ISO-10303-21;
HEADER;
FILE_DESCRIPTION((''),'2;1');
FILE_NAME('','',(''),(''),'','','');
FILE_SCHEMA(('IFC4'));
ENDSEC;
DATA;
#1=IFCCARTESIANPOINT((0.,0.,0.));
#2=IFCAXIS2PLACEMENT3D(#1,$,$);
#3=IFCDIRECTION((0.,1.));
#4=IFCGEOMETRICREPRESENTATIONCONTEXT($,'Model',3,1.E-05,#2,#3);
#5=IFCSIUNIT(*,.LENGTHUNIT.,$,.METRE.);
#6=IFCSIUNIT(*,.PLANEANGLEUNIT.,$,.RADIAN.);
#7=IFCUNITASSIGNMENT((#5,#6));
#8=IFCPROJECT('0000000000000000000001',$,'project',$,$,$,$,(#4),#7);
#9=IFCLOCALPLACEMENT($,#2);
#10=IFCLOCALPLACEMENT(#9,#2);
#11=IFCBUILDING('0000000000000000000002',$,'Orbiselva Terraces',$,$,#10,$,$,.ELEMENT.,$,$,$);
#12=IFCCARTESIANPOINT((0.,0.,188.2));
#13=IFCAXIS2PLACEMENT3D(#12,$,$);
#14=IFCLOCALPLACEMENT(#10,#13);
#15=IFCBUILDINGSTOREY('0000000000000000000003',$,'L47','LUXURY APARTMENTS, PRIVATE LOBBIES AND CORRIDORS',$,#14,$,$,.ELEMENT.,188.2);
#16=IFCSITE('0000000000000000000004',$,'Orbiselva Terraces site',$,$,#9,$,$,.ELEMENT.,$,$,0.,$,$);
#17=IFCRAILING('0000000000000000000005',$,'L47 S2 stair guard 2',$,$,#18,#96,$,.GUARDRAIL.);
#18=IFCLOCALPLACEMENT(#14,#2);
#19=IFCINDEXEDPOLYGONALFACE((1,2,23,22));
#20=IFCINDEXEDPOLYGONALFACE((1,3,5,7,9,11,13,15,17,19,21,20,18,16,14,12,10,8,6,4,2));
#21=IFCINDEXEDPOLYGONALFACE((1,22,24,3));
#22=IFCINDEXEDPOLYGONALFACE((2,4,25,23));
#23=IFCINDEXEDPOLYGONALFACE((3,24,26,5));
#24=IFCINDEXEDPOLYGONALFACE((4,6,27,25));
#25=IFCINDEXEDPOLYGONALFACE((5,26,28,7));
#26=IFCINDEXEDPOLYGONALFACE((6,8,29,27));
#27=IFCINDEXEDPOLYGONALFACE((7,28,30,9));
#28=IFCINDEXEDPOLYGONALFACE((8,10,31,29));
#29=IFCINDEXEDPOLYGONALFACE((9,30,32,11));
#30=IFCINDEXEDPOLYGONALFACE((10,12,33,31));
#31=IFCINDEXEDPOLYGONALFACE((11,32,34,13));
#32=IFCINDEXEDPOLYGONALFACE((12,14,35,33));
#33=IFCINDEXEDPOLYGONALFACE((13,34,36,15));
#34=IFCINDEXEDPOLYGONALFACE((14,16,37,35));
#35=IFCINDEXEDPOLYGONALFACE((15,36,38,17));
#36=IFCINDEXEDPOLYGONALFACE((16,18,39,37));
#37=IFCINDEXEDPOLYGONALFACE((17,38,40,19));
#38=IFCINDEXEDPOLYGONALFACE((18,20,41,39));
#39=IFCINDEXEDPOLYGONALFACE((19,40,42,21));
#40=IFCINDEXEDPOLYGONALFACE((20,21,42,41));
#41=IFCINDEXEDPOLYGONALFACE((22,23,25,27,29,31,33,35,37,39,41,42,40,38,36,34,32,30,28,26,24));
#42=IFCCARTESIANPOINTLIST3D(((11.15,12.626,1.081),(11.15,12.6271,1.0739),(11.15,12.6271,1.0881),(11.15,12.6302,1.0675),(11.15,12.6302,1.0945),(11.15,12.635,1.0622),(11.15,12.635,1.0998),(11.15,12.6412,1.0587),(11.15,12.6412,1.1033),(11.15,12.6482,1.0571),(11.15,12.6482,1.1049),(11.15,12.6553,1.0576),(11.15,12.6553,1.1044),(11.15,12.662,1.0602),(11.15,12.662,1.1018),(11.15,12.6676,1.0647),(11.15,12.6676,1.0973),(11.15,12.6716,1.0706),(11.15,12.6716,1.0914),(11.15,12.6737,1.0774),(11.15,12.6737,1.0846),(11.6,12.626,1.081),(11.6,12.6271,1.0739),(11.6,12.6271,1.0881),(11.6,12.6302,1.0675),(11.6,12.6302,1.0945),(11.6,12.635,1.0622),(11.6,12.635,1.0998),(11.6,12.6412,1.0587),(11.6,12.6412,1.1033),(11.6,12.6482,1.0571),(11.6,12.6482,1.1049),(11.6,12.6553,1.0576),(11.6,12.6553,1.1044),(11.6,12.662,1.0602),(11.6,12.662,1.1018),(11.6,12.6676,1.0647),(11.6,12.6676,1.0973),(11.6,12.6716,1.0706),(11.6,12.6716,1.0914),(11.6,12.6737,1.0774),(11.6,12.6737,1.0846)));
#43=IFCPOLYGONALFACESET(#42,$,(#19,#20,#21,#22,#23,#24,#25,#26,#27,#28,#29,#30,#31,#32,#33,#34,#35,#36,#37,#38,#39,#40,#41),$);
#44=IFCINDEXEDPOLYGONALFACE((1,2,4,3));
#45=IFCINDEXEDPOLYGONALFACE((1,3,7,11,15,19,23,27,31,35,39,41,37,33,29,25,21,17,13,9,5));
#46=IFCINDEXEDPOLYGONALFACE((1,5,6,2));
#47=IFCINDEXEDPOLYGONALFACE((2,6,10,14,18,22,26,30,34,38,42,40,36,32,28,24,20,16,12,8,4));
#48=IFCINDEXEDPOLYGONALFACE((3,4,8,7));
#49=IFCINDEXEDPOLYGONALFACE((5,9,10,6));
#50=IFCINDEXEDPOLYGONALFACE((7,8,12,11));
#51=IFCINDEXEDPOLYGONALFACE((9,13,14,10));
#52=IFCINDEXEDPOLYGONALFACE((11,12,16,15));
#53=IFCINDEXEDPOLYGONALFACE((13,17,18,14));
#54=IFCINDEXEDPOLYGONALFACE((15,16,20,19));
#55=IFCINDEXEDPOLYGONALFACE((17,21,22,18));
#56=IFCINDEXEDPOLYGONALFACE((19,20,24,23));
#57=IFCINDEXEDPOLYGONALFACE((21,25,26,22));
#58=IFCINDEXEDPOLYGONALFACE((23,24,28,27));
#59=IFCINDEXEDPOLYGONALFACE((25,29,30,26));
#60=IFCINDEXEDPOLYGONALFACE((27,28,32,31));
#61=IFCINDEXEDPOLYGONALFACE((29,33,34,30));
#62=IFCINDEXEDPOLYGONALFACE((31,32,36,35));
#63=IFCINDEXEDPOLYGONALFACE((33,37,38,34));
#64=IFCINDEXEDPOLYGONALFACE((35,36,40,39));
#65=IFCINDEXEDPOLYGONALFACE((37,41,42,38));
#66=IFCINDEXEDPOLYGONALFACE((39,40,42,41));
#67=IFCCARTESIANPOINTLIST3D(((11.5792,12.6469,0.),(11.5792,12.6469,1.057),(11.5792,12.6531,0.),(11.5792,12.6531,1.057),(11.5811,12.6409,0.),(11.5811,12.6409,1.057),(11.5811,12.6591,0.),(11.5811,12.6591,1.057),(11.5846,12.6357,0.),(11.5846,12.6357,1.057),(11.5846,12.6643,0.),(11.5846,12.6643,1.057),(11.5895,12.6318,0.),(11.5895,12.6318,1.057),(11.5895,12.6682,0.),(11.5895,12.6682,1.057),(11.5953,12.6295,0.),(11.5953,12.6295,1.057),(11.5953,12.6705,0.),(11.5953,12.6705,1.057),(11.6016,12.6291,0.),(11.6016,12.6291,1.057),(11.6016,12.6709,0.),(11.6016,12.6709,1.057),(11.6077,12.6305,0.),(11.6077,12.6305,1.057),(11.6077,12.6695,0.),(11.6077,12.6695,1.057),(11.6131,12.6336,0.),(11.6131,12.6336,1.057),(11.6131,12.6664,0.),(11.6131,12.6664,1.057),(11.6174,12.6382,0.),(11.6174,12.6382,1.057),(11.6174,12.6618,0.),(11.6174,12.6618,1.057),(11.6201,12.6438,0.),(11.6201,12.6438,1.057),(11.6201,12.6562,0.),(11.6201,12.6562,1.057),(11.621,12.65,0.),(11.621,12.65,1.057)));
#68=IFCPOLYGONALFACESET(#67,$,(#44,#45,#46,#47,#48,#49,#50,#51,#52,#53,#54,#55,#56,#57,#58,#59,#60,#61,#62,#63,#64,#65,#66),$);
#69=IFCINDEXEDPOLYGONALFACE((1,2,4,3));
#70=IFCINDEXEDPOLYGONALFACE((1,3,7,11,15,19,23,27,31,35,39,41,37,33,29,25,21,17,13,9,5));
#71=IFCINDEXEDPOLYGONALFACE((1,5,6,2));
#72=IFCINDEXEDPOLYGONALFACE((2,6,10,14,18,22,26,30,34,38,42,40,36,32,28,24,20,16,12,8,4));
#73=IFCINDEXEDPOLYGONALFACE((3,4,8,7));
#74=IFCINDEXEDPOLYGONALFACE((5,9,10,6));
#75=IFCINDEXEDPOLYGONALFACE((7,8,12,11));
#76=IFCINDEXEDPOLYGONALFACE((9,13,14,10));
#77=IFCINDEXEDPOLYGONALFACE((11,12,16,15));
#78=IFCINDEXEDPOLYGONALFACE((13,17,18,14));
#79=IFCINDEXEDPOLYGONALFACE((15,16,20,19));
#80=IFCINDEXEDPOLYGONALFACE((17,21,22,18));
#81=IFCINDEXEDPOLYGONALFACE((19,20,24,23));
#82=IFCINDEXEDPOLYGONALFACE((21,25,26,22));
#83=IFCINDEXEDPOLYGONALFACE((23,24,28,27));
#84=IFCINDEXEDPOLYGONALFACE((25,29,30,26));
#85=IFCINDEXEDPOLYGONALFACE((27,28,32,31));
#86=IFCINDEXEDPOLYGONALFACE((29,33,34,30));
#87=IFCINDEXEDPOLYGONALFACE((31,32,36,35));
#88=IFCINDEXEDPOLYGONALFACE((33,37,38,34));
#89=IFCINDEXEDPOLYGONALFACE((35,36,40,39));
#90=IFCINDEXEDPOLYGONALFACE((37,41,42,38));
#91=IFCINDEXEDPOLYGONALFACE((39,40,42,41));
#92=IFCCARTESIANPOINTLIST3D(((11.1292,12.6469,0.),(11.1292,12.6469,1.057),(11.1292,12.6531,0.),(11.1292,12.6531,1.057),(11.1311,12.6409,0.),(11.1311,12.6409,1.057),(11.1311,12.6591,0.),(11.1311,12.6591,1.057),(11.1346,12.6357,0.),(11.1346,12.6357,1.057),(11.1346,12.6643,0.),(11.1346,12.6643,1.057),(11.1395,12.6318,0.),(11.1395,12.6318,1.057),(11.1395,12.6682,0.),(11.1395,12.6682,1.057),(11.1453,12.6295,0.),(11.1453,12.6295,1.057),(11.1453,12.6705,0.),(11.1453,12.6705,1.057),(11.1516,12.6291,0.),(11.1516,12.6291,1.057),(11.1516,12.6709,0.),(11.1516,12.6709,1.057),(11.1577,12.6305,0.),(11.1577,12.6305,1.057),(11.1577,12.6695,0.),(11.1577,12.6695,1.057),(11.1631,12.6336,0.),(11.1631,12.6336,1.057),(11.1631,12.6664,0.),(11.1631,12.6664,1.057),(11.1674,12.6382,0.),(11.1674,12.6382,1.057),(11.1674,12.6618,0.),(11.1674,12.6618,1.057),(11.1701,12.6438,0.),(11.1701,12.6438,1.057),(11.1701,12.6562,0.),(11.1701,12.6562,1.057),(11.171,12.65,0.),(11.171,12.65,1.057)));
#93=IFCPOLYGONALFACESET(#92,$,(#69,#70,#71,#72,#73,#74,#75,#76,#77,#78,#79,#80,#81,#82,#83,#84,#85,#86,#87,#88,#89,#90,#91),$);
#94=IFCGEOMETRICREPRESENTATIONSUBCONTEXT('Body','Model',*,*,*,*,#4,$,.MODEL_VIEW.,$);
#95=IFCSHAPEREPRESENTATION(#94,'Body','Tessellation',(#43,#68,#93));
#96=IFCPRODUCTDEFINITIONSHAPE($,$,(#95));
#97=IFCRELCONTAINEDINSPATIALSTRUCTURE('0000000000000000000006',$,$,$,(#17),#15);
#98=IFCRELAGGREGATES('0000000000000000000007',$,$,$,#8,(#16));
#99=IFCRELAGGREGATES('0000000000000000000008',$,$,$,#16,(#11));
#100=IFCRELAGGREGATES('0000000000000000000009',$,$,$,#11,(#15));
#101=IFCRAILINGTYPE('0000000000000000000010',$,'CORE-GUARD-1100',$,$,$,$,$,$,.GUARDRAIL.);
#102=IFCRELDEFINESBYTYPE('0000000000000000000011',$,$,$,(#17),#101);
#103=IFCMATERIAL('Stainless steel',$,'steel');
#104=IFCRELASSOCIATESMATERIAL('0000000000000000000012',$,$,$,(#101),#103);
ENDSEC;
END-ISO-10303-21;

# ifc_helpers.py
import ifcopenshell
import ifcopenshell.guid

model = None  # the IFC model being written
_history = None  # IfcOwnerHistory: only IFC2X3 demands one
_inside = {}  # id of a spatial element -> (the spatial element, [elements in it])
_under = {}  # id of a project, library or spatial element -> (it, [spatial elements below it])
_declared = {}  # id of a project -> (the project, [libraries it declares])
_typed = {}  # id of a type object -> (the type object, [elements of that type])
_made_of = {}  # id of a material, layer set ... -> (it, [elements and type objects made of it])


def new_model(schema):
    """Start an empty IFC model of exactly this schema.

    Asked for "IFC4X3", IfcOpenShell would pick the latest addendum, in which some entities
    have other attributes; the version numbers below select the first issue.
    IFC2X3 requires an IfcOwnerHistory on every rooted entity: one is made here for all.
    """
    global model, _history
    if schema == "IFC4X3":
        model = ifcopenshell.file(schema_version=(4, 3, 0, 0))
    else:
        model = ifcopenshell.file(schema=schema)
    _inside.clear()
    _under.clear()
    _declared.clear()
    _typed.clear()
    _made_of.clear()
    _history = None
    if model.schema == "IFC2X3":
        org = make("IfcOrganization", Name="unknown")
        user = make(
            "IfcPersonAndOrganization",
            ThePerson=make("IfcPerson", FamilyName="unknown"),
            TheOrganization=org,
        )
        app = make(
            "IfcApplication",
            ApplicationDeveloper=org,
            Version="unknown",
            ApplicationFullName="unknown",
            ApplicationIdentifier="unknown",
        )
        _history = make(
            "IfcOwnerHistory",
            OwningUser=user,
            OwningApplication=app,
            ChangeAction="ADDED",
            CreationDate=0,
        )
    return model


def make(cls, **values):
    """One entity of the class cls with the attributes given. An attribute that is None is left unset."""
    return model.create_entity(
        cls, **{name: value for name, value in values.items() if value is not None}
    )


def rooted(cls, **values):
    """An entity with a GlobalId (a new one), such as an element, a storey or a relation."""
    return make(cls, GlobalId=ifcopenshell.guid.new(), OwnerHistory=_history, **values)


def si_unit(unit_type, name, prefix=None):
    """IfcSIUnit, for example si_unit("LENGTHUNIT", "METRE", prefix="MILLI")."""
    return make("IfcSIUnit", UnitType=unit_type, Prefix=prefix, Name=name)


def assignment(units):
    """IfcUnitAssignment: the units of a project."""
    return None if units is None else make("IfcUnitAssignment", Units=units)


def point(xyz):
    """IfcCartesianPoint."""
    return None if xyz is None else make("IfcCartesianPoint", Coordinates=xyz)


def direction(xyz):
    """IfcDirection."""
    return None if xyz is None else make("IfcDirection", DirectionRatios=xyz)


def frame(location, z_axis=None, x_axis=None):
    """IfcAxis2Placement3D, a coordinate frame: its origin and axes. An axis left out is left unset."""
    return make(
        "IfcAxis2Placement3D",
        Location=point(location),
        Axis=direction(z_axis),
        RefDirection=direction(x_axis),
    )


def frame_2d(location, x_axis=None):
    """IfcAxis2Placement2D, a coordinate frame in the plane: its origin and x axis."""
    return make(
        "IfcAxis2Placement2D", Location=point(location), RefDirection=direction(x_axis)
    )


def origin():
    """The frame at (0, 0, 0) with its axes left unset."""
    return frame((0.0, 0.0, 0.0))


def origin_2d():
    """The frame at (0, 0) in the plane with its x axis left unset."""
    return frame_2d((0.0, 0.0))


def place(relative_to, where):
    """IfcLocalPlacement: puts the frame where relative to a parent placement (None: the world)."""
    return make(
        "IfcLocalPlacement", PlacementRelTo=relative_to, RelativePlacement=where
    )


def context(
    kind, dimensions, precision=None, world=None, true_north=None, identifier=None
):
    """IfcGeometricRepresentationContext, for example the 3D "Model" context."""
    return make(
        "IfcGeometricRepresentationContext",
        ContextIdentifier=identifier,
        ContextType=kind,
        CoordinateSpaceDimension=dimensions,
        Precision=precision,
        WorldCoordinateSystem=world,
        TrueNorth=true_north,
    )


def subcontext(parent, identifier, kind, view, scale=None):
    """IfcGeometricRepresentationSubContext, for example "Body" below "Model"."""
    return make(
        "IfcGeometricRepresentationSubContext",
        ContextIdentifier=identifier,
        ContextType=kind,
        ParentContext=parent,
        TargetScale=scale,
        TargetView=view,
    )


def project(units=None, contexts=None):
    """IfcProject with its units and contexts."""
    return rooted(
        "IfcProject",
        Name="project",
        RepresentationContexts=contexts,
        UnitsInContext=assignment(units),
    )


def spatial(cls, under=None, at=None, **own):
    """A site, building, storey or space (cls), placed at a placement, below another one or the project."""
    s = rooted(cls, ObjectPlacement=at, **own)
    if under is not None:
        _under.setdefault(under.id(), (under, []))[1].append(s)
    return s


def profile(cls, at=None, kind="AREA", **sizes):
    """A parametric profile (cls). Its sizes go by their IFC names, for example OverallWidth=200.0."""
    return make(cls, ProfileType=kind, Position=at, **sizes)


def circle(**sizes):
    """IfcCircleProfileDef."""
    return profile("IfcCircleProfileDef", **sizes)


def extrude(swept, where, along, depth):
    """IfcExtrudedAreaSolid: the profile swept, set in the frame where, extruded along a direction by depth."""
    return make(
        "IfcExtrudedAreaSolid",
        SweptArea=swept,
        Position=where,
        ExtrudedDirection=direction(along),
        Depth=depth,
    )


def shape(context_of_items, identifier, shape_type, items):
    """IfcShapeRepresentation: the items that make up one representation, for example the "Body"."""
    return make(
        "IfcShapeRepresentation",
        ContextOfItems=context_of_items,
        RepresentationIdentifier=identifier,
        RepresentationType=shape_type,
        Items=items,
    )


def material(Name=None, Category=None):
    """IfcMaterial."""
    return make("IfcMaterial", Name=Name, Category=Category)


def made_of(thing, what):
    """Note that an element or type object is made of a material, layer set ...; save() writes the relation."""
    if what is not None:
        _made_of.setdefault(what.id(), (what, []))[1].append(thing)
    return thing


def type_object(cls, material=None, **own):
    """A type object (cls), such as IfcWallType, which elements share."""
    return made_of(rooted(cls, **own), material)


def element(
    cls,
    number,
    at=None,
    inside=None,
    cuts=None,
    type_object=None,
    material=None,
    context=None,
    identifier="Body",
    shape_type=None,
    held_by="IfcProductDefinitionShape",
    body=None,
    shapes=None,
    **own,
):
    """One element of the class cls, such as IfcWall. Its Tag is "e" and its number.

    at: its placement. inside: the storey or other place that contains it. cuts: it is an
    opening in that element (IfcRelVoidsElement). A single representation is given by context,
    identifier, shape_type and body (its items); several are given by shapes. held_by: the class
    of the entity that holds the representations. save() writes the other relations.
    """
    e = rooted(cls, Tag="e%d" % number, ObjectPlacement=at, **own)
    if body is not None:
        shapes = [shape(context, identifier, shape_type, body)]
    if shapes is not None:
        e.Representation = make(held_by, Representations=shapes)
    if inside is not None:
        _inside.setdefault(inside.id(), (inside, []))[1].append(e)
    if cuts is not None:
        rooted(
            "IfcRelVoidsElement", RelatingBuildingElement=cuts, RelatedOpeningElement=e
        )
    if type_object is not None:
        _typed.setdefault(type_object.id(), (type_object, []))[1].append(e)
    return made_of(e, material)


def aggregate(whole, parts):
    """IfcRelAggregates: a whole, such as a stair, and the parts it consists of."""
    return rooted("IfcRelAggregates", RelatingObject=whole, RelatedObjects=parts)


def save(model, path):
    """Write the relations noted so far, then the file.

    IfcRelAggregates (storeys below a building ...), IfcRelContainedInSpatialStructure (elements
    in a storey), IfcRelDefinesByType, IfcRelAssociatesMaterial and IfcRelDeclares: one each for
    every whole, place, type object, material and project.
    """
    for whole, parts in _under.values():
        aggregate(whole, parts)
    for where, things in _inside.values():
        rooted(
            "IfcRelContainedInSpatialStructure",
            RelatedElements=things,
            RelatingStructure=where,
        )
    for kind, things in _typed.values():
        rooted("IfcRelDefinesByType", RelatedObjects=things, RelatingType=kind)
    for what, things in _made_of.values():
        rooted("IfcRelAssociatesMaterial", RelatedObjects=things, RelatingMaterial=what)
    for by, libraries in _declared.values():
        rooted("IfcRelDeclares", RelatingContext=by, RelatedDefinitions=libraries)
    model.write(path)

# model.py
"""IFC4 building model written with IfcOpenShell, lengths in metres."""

from ifc_helpers import new_model, si_unit, direction, frame, origin, origin_2d, place, context, subcontext, project, spatial, circle, extrude, material, type_object, element, save


model = new_model("IFC4")

# Units and contexts
model_context = context("Model", 3, precision=1e-05, world=origin(), true_north=direction((0.0, 1.0)))
body_context = subcontext(model_context, "Body", "Model", "MODEL_VIEW")
ifc_project = project(units=[si_unit("LENGTHUNIT", "METRE"), si_unit("PLANEANGLEUNIT", "RADIAN")], contexts=[model_context])

# Site, building, storey
site_placement = place(None, origin())
site = spatial("IfcSite", under=ifc_project, at=site_placement, Name="Orbiselva Terraces site", CompositionType="ELEMENT", RefElevation=0.0)
building_placement = place(site_placement, origin())
building = spatial("IfcBuilding", under=site, at=building_placement, Name="Orbiselva Terraces", CompositionType="ELEMENT")
storey_placement = place(building_placement, frame((0.0, 0.0, 188.2)))
storey = spatial("IfcBuildingStorey", under=building, at=storey_placement, Name="L47", Description="LUXURY APARTMENTS, PRIVATE LOBBIES AND CORRIDORS", CompositionType="ELEMENT", Elevation=188.2)

# Railing
ifc_material_1 = material(Name="Stainless steel", Category="steel")
railing_type_1 = type_object("IfcRailingType", Name="CORE-GUARD-1100", PredefinedType="GUARDRAIL", material=ifc_material_1)
railing_1_placement = place(storey_placement, frame((11.6, 12.65, 0.0)))
element("IfcRailing", 1, at=railing_1_placement, inside=storey, type_object=railing_type_1, Name="L47 S2 stair guard 2", PredefinedType="GUARDRAIL", context=body_context, shape_type="SweptSolid", body=[
    extrude(circle(Radius=0.024, at=origin_2d()), frame((0.0, 0.0, 1.081), z_axis=(-1.0, 0.0, 0.0), x_axis=(0.0, -1.0, 0.0)), (0.0, 0.0, 1.0), 0.45),
    extrude(circle(Radius=0.021, at=origin_2d()), origin(), (0.0, 0.0, 1.0), 1.057),
    extrude(circle(Radius=0.021, at=origin_2d()), frame((-0.45, 0.0, 0.0)), (0.0, 0.0, 1.0), 1.057),
])

save(model, "model.ifc")
